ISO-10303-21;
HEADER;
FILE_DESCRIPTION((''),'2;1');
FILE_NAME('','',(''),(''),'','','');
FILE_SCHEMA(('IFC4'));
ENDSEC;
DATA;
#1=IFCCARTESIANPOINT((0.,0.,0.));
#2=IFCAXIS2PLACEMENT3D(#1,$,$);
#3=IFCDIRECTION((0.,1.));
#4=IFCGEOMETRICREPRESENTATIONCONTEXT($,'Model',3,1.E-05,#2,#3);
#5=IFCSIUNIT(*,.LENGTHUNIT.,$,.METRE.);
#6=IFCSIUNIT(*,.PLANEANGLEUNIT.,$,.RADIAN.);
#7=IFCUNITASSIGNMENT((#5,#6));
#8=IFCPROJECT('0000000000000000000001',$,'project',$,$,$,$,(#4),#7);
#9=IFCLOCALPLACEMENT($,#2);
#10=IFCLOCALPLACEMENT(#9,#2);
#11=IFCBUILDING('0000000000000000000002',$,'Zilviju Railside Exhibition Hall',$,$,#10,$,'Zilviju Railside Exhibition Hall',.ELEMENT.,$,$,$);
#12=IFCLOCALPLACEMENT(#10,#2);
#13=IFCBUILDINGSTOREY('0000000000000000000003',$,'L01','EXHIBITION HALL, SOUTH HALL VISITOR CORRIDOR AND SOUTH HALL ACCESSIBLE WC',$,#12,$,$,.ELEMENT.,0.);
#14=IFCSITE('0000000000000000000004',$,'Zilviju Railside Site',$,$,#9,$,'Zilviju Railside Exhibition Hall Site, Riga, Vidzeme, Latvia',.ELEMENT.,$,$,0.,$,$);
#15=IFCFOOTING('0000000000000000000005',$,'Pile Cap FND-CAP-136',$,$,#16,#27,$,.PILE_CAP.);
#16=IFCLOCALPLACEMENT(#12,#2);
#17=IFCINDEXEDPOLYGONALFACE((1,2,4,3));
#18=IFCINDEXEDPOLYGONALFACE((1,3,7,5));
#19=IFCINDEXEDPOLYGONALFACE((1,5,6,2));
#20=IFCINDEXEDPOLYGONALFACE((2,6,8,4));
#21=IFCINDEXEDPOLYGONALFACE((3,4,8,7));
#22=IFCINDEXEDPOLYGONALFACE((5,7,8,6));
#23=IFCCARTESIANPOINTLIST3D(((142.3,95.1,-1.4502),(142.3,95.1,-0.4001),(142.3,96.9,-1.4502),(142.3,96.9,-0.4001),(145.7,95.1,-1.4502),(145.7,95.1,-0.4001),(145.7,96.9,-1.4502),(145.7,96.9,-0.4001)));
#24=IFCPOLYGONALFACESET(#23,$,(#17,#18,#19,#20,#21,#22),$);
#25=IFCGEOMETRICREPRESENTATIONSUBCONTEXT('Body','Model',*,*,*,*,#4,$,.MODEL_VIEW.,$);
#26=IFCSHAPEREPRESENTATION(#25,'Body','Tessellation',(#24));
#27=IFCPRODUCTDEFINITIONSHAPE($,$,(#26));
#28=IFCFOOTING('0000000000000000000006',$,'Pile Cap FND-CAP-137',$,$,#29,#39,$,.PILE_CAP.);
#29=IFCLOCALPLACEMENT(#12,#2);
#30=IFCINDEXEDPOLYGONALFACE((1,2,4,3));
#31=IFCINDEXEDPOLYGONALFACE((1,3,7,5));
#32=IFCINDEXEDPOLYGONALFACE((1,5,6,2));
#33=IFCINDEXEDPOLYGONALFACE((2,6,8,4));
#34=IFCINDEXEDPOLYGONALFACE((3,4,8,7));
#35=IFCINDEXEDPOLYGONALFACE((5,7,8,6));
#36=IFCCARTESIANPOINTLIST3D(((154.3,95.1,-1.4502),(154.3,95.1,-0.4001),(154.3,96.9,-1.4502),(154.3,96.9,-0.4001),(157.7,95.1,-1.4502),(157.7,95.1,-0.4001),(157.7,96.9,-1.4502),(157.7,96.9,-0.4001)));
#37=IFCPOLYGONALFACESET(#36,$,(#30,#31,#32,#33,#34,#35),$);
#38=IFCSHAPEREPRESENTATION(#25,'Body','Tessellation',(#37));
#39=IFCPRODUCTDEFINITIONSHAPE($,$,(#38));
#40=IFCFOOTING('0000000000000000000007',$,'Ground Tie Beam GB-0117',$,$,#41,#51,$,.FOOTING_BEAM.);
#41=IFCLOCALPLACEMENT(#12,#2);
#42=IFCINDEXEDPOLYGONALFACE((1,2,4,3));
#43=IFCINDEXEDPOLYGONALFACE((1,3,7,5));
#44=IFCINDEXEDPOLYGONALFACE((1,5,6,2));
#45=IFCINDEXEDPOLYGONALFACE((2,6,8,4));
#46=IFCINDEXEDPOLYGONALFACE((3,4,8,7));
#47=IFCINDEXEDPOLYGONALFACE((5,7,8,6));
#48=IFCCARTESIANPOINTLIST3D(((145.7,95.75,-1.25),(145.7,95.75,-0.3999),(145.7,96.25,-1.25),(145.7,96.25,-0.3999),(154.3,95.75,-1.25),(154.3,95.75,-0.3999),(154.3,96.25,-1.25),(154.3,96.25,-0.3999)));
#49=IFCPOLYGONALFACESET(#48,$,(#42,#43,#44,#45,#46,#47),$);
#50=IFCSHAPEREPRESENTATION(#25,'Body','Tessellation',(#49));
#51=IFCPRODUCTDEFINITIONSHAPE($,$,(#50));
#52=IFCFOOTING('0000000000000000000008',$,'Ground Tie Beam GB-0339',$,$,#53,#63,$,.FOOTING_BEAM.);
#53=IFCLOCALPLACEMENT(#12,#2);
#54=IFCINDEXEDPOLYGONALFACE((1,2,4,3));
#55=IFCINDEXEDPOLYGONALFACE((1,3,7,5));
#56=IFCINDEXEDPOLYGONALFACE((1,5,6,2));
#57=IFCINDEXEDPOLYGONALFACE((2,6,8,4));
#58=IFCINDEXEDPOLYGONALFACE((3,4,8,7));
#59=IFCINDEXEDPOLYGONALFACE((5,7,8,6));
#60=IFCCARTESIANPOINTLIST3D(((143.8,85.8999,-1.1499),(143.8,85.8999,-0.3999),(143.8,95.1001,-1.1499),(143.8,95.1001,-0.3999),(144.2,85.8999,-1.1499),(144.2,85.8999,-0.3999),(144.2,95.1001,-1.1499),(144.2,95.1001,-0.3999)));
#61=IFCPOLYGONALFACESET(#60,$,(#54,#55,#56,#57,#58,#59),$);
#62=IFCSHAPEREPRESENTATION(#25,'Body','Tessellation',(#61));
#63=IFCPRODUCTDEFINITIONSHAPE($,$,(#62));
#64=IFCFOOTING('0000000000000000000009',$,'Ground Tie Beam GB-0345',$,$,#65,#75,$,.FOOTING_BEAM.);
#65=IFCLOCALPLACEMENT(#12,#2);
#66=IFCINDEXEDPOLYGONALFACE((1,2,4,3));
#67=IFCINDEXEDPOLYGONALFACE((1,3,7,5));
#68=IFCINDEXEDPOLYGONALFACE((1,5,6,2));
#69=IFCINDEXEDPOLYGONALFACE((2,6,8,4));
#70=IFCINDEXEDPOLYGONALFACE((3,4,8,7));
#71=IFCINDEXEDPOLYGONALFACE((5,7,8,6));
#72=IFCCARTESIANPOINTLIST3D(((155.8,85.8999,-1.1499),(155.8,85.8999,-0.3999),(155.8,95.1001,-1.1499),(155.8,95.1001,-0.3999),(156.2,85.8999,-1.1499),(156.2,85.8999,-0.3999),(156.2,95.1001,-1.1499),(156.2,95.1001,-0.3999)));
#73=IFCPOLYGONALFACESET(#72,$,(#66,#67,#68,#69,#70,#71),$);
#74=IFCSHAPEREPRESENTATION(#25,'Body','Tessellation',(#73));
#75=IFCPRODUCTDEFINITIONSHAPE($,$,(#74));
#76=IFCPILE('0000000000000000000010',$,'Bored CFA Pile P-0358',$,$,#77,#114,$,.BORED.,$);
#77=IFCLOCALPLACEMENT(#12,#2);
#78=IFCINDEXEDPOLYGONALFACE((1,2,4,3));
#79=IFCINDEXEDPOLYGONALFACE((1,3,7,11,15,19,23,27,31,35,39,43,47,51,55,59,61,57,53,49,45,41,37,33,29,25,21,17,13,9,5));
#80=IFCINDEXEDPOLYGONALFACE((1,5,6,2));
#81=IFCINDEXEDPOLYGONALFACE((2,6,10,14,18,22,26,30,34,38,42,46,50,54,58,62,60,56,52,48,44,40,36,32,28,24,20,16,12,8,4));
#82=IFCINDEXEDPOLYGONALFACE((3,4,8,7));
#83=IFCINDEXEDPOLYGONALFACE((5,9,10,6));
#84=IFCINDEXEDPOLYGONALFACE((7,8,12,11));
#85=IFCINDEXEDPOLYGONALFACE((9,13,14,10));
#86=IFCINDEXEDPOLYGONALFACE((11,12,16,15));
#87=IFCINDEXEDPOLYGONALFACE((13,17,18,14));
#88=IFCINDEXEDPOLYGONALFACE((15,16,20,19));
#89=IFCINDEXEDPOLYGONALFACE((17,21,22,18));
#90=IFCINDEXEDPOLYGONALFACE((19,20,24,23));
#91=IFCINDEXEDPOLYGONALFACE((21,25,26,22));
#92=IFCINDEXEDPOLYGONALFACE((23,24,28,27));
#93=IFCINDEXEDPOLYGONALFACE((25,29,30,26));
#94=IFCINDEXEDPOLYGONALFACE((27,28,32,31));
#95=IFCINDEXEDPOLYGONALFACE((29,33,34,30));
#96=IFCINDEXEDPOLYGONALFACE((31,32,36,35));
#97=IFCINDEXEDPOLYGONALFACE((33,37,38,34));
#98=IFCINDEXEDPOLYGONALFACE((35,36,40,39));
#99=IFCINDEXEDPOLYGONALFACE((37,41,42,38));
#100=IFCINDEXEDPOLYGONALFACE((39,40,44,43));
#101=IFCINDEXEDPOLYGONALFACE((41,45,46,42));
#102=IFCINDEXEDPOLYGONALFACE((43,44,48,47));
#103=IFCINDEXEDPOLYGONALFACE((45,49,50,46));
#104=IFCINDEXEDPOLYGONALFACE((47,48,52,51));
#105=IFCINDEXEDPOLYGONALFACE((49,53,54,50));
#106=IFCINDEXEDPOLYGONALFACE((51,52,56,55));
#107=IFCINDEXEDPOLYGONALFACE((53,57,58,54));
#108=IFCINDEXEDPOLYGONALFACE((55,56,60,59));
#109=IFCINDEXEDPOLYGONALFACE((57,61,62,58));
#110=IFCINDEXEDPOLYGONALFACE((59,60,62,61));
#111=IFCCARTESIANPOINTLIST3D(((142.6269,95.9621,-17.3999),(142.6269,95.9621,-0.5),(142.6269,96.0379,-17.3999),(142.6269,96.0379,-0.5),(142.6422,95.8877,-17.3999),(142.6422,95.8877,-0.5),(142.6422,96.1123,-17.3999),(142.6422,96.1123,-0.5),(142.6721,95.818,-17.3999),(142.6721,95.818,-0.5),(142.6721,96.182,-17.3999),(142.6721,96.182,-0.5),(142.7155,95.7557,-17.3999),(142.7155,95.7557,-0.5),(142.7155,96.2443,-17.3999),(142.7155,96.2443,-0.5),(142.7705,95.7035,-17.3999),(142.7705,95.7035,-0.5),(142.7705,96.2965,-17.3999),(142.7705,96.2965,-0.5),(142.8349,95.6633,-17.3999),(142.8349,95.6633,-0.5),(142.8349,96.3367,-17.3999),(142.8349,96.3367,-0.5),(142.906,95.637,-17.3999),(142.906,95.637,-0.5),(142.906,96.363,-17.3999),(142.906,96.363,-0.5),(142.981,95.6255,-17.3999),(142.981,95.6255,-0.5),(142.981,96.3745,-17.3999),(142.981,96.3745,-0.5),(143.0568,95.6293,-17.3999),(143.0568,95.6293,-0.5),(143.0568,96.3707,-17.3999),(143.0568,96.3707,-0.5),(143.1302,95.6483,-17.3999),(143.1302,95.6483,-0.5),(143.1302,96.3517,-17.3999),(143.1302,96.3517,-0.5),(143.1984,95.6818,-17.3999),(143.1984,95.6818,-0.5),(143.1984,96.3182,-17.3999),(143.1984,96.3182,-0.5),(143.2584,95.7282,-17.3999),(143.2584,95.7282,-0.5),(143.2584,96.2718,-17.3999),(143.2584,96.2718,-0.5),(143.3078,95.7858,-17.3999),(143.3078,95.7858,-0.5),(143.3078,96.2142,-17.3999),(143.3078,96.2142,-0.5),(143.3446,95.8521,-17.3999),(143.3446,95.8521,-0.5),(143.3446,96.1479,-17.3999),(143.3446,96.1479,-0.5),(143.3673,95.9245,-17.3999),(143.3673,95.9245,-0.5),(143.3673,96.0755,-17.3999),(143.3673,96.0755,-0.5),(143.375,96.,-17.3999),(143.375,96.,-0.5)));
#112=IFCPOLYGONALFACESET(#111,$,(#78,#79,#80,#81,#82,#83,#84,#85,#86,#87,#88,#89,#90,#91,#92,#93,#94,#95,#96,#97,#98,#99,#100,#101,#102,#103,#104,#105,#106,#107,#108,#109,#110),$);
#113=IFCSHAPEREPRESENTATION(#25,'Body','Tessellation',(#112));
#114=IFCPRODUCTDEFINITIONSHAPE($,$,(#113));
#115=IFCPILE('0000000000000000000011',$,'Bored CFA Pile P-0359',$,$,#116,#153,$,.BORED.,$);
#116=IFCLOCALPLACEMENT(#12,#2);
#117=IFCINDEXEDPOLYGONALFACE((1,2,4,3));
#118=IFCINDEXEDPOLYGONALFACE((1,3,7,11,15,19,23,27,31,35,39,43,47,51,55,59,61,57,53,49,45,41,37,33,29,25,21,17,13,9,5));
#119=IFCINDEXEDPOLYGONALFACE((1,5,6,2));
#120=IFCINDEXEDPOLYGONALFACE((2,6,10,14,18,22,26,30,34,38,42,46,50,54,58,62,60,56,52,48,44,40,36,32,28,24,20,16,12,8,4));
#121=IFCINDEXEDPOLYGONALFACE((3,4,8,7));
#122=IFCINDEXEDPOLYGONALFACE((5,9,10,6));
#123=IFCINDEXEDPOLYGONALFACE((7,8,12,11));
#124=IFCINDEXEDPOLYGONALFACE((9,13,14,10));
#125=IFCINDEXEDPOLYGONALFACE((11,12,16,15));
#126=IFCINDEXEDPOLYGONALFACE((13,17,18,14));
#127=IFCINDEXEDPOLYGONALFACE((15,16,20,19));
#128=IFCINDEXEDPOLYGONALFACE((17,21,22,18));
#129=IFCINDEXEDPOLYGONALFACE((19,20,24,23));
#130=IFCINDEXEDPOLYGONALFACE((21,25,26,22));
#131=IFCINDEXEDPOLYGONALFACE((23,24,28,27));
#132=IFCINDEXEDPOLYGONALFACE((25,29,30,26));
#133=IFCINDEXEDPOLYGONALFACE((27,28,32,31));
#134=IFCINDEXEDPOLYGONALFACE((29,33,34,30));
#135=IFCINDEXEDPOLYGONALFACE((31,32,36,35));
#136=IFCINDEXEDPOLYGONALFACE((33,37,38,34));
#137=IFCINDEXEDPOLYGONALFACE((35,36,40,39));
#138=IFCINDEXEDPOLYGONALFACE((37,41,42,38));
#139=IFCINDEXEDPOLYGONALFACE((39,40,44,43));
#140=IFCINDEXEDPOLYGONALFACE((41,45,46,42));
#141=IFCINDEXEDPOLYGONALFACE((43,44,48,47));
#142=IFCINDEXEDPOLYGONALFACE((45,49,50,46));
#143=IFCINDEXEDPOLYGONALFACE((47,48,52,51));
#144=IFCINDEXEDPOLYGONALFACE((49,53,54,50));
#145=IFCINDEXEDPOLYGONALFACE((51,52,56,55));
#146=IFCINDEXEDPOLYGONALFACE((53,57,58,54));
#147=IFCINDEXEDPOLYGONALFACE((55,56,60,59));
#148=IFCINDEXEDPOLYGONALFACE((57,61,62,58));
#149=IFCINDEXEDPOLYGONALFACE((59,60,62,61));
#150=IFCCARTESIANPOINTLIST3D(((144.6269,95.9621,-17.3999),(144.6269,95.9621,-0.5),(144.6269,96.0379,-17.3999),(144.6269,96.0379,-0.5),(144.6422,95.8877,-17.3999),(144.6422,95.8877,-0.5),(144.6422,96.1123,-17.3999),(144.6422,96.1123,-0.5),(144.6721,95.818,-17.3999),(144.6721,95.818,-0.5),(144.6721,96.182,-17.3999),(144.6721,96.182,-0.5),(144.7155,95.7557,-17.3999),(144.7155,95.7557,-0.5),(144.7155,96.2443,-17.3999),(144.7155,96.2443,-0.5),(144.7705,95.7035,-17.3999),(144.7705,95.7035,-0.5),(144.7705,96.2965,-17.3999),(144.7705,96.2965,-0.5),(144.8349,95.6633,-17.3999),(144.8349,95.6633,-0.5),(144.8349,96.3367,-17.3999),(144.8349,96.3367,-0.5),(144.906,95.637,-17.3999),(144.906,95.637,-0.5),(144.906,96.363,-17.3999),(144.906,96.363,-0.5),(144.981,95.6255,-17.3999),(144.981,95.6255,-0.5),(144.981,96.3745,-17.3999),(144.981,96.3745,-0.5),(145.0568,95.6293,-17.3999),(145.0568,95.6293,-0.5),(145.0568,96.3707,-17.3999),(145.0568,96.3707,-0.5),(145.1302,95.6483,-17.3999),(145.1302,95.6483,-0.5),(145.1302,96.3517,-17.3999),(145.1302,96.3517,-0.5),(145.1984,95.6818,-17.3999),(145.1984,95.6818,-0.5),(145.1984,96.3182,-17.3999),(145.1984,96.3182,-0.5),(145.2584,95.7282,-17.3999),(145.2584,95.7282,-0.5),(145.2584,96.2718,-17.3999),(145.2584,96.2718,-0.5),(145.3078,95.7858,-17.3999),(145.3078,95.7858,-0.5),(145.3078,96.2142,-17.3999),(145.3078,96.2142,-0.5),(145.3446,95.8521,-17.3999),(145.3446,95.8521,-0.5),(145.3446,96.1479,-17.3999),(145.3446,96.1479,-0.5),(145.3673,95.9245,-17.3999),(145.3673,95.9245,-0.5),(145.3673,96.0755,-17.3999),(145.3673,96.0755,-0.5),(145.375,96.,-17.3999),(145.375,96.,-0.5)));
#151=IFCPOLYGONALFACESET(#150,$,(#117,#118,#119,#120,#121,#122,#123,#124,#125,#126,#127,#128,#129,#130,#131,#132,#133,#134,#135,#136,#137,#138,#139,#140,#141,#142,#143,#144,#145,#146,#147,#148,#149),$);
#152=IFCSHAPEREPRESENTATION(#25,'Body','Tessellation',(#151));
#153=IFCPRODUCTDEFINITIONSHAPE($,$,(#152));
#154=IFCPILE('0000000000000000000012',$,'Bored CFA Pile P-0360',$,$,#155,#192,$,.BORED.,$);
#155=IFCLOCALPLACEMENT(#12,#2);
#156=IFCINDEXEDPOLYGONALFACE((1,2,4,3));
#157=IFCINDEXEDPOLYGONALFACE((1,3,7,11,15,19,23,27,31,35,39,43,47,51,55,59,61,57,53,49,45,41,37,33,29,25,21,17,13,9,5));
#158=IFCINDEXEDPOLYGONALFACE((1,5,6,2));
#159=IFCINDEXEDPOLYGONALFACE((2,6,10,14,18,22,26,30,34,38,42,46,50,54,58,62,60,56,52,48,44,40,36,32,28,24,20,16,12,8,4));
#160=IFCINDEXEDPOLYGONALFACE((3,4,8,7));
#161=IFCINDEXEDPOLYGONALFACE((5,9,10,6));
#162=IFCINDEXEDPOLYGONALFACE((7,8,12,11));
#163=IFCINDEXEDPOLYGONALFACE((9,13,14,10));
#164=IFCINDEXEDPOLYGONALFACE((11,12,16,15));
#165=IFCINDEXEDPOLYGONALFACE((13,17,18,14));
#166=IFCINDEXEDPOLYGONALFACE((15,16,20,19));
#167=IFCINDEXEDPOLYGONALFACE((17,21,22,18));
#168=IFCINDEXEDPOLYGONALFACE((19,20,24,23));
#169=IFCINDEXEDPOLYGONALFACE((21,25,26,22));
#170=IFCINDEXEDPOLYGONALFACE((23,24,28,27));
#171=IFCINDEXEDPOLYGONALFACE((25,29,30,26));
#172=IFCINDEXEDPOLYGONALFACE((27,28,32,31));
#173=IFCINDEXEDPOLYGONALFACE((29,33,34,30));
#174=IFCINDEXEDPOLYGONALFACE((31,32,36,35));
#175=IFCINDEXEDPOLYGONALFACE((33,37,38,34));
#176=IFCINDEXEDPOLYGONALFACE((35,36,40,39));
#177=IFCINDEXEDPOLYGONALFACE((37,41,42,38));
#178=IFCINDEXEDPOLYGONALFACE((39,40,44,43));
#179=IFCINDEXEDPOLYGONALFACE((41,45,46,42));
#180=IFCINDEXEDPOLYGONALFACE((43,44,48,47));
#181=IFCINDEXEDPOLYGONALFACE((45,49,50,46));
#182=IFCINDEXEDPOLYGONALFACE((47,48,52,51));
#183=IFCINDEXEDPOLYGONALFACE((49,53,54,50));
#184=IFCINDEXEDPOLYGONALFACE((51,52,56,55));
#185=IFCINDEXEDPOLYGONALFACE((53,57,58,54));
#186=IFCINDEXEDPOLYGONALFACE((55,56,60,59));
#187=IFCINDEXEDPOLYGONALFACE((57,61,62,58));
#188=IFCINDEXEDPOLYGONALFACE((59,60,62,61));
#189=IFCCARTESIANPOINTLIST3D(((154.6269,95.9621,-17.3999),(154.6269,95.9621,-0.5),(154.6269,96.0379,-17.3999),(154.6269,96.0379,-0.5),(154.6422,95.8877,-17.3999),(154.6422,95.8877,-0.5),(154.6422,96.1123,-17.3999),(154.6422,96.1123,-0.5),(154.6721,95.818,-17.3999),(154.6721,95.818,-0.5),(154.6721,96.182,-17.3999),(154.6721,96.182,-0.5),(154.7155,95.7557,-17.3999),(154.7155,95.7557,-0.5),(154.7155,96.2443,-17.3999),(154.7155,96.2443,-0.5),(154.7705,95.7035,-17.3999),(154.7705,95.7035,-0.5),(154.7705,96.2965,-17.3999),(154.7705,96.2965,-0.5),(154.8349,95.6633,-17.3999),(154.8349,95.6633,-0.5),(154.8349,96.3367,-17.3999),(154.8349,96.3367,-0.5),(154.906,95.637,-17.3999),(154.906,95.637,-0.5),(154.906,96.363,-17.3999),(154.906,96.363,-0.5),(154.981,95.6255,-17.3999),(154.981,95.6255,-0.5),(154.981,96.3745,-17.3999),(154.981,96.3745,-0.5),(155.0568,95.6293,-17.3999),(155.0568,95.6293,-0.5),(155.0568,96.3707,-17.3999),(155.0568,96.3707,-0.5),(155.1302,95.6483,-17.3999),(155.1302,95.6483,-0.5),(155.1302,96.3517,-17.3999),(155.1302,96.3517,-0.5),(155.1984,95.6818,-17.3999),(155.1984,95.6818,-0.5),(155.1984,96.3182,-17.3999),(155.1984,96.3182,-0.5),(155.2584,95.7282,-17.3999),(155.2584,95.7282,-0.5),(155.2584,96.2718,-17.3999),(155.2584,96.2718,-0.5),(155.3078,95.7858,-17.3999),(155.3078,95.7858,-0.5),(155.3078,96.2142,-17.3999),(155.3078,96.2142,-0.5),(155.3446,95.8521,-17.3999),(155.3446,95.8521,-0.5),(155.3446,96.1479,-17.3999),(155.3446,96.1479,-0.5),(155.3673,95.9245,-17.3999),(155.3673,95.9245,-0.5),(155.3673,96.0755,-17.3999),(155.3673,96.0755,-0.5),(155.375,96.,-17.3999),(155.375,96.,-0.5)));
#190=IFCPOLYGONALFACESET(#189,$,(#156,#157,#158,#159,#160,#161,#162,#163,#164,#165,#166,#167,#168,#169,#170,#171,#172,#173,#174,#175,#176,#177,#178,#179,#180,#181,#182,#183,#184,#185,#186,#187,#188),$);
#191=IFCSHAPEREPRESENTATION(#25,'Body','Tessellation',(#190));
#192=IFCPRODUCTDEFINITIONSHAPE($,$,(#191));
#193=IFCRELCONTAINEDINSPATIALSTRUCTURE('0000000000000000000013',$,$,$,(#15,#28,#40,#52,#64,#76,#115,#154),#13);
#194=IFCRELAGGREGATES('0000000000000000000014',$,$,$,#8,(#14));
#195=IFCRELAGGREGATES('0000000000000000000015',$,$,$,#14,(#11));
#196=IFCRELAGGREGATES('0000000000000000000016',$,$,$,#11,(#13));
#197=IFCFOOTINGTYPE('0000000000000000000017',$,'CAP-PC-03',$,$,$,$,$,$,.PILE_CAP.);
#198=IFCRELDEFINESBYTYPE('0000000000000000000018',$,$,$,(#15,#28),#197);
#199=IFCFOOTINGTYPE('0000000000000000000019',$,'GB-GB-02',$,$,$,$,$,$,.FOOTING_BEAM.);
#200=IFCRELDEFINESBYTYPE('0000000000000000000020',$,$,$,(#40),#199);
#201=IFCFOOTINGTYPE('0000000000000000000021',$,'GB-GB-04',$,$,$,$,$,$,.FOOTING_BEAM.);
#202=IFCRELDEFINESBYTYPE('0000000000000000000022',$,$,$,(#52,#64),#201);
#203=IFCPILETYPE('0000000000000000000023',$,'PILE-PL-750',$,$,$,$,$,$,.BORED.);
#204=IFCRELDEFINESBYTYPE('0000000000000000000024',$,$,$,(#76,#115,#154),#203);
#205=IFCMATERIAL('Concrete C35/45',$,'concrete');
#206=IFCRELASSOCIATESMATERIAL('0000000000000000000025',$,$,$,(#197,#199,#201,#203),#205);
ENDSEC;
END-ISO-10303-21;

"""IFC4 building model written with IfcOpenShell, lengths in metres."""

from ifc_helpers import new_model, si_unit, direction, frame, origin, origin_2d, place, context, subcontext, project, spatial, rectangle, circle, extrude, material, material_profile, profile_set, type_object, element, save


model = new_model("IFC4")

# Units and contexts
model_context = context("Model", 3, precision=1e-05, world=origin(), true_north=direction((0.0, 1.0)))
body_context = subcontext(model_context, "Body", "Model", "MODEL_VIEW")
ifc_project = project(units=[si_unit("LENGTHUNIT", "METRE"), si_unit("PLANEANGLEUNIT", "RADIAN")], contexts=[model_context])

# Site, building, storey
site_placement = place(None, origin())
site = spatial("IfcSite", under=ifc_project, at=site_placement, Name="Zilviju Railside Site", LongName="Zilviju Railside Exhibition Hall Site, Riga, Vidzeme, Latvia", CompositionType="ELEMENT", RefElevation=0.0)
building_placement = place(site_placement, origin())
building = spatial("IfcBuilding", under=site, at=building_placement, Name="Zilviju Railside Exhibition Hall", LongName="Zilviju Railside Exhibition Hall", CompositionType="ELEMENT")
storey_placement = place(building_placement, origin())
storey = spatial("IfcBuildingStorey", under=building, at=storey_placement, Name="L01", Description="EXHIBITION HALL, SOUTH HALL VISITOR CORRIDOR AND SOUTH HALL ACCESSIBLE WC", CompositionType="ELEMENT", Elevation=0.0)

# Footings
ifc_material_1 = material(Name="Concrete C35/45", Category="concrete")
footing_type_1 = type_object("IfcFootingType", Name="CAP-PC-03", PredefinedType="PILE_CAP", material=ifc_material_1)
for number, where, z_axis, x_axis, name in (
    (1, (144.0, 96.0, -1.4502), (0.0, 0.0, 1.0), (1.0, 0.0, 0.0), "Pile Cap FND-CAP-136"),
    (2, (156.0, 96.0, -1.4502), (0.0, 0.0, 1.0), (1.0, 0.0, 0.0), "Pile Cap FND-CAP-137"),
):
    element("IfcFooting", number, at=place(storey_placement, frame(where, z_axis=z_axis, x_axis=x_axis)), inside=storey, type_object=footing_type_1, Name=name, PredefinedType="PILE_CAP", context=body_context, shape_type="SweptSolid", body=[
        extrude(rectangle(XDim=3.3999, YDim=1.8, at=origin_2d()), origin(), (0.0, 0.0, 1.0), 1.05),
    ])
ifc_material_profile_1 = material_profile(ifc_material_1, rectangle(XDim=0.5, YDim=0.8501, at=origin_2d()), Name="TIE BEAM 500x850")
ifc_profile_set_1 = profile_set([ifc_material_profile_1], Name="Concrete C35/45")
footing_type_2 = type_object("IfcFootingType", Name="GB-GB-02", PredefinedType="FOOTING_BEAM", material=ifc_profile_set_1)
footing_placement = place(storey_placement, frame((145.7, 96.0, -0.825), z_axis=(1.0, 0.0, 0.0), x_axis=(0.0, 1.0, 0.0)))
element("IfcFooting", 3, at=footing_placement, inside=storey, type_object=footing_type_2, Name="Ground Tie Beam GB-0117", PredefinedType="FOOTING_BEAM", context=body_context, shape_type="SweptSolid", body=[
    extrude(rectangle(XDim=0.5, YDim=0.8501, at=origin_2d()), origin(), (0.0, 0.0, 1.0), 8.6001),
])
ifc_material_profile_2 = material_profile(ifc_material_1, rectangle(XDim=0.3999, YDim=0.75, at=origin_2d()), Name="TIE BEAM 400x750")
ifc_profile_set_2 = profile_set([ifc_material_profile_2], Name="Concrete C35/45")
footing_type_3 = type_object("IfcFootingType", Name="GB-GB-04", PredefinedType="FOOTING_BEAM", material=ifc_profile_set_2)
for number, where, z_axis, x_axis, name in (
    (4, (144.0, 85.8999, -0.7749), (0.0, 1.0, 0.0), (-1.0, 0.0, 0.0), "Ground Tie Beam GB-0339"),
    (5, (156.0, 85.8999, -0.7749), (0.0, 1.0, 0.0), (-1.0, 0.0, 0.0), "Ground Tie Beam GB-0345"),
):
    element("IfcFooting", number, at=place(storey_placement, frame(where, z_axis=z_axis, x_axis=x_axis)), inside=storey, type_object=footing_type_3, Name=name, PredefinedType="FOOTING_BEAM", context=body_context, shape_type="SweptSolid", body=[
        extrude(rectangle(XDim=0.3999, YDim=0.75, at=origin_2d()), origin(), (0.0, 0.0, 1.0), 9.2002),
    ])

# Piles
ifc_material_profile_3 = material_profile(ifc_material_1, circle(Radius=0.375, at=origin_2d()), Name="CFA PILE D750")
ifc_profile_set_3 = profile_set([ifc_material_profile_3], Name="Concrete C35/45")
pile_type_1 = type_object("IfcPileType", Name="PILE-PL-750", PredefinedType="BORED", material=ifc_profile_set_3)
for number, where, z_axis, x_axis, name in (
    (6, (143.0, 96.0, -0.5), (0.0, 0.0, -1.0), (1.0, 0.0, 0.0), "Bored CFA Pile P-0358"),
    (7, (145.0, 96.0, -0.5), (0.0, 0.0, -1.0), (1.0, 0.0, 0.0), "Bored CFA Pile P-0359"),
    (8, (155.0, 96.0, -0.5), (0.0, 0.0, -1.0), (1.0, 0.0, 0.0), "Bored CFA Pile P-0360"),
):
    element("IfcPile", number, at=place(storey_placement, frame(where, z_axis=z_axis, x_axis=x_axis)), inside=storey, type_object=pile_type_1, Name=name, PredefinedType="BORED", context=body_context, shape_type="SweptSolid", body=[
        extrude(circle(Radius=0.375, at=origin_2d()), origin(), (0.0, 0.0, 1.0), 16.8999),
    ])

save(model, "model.ifc")
